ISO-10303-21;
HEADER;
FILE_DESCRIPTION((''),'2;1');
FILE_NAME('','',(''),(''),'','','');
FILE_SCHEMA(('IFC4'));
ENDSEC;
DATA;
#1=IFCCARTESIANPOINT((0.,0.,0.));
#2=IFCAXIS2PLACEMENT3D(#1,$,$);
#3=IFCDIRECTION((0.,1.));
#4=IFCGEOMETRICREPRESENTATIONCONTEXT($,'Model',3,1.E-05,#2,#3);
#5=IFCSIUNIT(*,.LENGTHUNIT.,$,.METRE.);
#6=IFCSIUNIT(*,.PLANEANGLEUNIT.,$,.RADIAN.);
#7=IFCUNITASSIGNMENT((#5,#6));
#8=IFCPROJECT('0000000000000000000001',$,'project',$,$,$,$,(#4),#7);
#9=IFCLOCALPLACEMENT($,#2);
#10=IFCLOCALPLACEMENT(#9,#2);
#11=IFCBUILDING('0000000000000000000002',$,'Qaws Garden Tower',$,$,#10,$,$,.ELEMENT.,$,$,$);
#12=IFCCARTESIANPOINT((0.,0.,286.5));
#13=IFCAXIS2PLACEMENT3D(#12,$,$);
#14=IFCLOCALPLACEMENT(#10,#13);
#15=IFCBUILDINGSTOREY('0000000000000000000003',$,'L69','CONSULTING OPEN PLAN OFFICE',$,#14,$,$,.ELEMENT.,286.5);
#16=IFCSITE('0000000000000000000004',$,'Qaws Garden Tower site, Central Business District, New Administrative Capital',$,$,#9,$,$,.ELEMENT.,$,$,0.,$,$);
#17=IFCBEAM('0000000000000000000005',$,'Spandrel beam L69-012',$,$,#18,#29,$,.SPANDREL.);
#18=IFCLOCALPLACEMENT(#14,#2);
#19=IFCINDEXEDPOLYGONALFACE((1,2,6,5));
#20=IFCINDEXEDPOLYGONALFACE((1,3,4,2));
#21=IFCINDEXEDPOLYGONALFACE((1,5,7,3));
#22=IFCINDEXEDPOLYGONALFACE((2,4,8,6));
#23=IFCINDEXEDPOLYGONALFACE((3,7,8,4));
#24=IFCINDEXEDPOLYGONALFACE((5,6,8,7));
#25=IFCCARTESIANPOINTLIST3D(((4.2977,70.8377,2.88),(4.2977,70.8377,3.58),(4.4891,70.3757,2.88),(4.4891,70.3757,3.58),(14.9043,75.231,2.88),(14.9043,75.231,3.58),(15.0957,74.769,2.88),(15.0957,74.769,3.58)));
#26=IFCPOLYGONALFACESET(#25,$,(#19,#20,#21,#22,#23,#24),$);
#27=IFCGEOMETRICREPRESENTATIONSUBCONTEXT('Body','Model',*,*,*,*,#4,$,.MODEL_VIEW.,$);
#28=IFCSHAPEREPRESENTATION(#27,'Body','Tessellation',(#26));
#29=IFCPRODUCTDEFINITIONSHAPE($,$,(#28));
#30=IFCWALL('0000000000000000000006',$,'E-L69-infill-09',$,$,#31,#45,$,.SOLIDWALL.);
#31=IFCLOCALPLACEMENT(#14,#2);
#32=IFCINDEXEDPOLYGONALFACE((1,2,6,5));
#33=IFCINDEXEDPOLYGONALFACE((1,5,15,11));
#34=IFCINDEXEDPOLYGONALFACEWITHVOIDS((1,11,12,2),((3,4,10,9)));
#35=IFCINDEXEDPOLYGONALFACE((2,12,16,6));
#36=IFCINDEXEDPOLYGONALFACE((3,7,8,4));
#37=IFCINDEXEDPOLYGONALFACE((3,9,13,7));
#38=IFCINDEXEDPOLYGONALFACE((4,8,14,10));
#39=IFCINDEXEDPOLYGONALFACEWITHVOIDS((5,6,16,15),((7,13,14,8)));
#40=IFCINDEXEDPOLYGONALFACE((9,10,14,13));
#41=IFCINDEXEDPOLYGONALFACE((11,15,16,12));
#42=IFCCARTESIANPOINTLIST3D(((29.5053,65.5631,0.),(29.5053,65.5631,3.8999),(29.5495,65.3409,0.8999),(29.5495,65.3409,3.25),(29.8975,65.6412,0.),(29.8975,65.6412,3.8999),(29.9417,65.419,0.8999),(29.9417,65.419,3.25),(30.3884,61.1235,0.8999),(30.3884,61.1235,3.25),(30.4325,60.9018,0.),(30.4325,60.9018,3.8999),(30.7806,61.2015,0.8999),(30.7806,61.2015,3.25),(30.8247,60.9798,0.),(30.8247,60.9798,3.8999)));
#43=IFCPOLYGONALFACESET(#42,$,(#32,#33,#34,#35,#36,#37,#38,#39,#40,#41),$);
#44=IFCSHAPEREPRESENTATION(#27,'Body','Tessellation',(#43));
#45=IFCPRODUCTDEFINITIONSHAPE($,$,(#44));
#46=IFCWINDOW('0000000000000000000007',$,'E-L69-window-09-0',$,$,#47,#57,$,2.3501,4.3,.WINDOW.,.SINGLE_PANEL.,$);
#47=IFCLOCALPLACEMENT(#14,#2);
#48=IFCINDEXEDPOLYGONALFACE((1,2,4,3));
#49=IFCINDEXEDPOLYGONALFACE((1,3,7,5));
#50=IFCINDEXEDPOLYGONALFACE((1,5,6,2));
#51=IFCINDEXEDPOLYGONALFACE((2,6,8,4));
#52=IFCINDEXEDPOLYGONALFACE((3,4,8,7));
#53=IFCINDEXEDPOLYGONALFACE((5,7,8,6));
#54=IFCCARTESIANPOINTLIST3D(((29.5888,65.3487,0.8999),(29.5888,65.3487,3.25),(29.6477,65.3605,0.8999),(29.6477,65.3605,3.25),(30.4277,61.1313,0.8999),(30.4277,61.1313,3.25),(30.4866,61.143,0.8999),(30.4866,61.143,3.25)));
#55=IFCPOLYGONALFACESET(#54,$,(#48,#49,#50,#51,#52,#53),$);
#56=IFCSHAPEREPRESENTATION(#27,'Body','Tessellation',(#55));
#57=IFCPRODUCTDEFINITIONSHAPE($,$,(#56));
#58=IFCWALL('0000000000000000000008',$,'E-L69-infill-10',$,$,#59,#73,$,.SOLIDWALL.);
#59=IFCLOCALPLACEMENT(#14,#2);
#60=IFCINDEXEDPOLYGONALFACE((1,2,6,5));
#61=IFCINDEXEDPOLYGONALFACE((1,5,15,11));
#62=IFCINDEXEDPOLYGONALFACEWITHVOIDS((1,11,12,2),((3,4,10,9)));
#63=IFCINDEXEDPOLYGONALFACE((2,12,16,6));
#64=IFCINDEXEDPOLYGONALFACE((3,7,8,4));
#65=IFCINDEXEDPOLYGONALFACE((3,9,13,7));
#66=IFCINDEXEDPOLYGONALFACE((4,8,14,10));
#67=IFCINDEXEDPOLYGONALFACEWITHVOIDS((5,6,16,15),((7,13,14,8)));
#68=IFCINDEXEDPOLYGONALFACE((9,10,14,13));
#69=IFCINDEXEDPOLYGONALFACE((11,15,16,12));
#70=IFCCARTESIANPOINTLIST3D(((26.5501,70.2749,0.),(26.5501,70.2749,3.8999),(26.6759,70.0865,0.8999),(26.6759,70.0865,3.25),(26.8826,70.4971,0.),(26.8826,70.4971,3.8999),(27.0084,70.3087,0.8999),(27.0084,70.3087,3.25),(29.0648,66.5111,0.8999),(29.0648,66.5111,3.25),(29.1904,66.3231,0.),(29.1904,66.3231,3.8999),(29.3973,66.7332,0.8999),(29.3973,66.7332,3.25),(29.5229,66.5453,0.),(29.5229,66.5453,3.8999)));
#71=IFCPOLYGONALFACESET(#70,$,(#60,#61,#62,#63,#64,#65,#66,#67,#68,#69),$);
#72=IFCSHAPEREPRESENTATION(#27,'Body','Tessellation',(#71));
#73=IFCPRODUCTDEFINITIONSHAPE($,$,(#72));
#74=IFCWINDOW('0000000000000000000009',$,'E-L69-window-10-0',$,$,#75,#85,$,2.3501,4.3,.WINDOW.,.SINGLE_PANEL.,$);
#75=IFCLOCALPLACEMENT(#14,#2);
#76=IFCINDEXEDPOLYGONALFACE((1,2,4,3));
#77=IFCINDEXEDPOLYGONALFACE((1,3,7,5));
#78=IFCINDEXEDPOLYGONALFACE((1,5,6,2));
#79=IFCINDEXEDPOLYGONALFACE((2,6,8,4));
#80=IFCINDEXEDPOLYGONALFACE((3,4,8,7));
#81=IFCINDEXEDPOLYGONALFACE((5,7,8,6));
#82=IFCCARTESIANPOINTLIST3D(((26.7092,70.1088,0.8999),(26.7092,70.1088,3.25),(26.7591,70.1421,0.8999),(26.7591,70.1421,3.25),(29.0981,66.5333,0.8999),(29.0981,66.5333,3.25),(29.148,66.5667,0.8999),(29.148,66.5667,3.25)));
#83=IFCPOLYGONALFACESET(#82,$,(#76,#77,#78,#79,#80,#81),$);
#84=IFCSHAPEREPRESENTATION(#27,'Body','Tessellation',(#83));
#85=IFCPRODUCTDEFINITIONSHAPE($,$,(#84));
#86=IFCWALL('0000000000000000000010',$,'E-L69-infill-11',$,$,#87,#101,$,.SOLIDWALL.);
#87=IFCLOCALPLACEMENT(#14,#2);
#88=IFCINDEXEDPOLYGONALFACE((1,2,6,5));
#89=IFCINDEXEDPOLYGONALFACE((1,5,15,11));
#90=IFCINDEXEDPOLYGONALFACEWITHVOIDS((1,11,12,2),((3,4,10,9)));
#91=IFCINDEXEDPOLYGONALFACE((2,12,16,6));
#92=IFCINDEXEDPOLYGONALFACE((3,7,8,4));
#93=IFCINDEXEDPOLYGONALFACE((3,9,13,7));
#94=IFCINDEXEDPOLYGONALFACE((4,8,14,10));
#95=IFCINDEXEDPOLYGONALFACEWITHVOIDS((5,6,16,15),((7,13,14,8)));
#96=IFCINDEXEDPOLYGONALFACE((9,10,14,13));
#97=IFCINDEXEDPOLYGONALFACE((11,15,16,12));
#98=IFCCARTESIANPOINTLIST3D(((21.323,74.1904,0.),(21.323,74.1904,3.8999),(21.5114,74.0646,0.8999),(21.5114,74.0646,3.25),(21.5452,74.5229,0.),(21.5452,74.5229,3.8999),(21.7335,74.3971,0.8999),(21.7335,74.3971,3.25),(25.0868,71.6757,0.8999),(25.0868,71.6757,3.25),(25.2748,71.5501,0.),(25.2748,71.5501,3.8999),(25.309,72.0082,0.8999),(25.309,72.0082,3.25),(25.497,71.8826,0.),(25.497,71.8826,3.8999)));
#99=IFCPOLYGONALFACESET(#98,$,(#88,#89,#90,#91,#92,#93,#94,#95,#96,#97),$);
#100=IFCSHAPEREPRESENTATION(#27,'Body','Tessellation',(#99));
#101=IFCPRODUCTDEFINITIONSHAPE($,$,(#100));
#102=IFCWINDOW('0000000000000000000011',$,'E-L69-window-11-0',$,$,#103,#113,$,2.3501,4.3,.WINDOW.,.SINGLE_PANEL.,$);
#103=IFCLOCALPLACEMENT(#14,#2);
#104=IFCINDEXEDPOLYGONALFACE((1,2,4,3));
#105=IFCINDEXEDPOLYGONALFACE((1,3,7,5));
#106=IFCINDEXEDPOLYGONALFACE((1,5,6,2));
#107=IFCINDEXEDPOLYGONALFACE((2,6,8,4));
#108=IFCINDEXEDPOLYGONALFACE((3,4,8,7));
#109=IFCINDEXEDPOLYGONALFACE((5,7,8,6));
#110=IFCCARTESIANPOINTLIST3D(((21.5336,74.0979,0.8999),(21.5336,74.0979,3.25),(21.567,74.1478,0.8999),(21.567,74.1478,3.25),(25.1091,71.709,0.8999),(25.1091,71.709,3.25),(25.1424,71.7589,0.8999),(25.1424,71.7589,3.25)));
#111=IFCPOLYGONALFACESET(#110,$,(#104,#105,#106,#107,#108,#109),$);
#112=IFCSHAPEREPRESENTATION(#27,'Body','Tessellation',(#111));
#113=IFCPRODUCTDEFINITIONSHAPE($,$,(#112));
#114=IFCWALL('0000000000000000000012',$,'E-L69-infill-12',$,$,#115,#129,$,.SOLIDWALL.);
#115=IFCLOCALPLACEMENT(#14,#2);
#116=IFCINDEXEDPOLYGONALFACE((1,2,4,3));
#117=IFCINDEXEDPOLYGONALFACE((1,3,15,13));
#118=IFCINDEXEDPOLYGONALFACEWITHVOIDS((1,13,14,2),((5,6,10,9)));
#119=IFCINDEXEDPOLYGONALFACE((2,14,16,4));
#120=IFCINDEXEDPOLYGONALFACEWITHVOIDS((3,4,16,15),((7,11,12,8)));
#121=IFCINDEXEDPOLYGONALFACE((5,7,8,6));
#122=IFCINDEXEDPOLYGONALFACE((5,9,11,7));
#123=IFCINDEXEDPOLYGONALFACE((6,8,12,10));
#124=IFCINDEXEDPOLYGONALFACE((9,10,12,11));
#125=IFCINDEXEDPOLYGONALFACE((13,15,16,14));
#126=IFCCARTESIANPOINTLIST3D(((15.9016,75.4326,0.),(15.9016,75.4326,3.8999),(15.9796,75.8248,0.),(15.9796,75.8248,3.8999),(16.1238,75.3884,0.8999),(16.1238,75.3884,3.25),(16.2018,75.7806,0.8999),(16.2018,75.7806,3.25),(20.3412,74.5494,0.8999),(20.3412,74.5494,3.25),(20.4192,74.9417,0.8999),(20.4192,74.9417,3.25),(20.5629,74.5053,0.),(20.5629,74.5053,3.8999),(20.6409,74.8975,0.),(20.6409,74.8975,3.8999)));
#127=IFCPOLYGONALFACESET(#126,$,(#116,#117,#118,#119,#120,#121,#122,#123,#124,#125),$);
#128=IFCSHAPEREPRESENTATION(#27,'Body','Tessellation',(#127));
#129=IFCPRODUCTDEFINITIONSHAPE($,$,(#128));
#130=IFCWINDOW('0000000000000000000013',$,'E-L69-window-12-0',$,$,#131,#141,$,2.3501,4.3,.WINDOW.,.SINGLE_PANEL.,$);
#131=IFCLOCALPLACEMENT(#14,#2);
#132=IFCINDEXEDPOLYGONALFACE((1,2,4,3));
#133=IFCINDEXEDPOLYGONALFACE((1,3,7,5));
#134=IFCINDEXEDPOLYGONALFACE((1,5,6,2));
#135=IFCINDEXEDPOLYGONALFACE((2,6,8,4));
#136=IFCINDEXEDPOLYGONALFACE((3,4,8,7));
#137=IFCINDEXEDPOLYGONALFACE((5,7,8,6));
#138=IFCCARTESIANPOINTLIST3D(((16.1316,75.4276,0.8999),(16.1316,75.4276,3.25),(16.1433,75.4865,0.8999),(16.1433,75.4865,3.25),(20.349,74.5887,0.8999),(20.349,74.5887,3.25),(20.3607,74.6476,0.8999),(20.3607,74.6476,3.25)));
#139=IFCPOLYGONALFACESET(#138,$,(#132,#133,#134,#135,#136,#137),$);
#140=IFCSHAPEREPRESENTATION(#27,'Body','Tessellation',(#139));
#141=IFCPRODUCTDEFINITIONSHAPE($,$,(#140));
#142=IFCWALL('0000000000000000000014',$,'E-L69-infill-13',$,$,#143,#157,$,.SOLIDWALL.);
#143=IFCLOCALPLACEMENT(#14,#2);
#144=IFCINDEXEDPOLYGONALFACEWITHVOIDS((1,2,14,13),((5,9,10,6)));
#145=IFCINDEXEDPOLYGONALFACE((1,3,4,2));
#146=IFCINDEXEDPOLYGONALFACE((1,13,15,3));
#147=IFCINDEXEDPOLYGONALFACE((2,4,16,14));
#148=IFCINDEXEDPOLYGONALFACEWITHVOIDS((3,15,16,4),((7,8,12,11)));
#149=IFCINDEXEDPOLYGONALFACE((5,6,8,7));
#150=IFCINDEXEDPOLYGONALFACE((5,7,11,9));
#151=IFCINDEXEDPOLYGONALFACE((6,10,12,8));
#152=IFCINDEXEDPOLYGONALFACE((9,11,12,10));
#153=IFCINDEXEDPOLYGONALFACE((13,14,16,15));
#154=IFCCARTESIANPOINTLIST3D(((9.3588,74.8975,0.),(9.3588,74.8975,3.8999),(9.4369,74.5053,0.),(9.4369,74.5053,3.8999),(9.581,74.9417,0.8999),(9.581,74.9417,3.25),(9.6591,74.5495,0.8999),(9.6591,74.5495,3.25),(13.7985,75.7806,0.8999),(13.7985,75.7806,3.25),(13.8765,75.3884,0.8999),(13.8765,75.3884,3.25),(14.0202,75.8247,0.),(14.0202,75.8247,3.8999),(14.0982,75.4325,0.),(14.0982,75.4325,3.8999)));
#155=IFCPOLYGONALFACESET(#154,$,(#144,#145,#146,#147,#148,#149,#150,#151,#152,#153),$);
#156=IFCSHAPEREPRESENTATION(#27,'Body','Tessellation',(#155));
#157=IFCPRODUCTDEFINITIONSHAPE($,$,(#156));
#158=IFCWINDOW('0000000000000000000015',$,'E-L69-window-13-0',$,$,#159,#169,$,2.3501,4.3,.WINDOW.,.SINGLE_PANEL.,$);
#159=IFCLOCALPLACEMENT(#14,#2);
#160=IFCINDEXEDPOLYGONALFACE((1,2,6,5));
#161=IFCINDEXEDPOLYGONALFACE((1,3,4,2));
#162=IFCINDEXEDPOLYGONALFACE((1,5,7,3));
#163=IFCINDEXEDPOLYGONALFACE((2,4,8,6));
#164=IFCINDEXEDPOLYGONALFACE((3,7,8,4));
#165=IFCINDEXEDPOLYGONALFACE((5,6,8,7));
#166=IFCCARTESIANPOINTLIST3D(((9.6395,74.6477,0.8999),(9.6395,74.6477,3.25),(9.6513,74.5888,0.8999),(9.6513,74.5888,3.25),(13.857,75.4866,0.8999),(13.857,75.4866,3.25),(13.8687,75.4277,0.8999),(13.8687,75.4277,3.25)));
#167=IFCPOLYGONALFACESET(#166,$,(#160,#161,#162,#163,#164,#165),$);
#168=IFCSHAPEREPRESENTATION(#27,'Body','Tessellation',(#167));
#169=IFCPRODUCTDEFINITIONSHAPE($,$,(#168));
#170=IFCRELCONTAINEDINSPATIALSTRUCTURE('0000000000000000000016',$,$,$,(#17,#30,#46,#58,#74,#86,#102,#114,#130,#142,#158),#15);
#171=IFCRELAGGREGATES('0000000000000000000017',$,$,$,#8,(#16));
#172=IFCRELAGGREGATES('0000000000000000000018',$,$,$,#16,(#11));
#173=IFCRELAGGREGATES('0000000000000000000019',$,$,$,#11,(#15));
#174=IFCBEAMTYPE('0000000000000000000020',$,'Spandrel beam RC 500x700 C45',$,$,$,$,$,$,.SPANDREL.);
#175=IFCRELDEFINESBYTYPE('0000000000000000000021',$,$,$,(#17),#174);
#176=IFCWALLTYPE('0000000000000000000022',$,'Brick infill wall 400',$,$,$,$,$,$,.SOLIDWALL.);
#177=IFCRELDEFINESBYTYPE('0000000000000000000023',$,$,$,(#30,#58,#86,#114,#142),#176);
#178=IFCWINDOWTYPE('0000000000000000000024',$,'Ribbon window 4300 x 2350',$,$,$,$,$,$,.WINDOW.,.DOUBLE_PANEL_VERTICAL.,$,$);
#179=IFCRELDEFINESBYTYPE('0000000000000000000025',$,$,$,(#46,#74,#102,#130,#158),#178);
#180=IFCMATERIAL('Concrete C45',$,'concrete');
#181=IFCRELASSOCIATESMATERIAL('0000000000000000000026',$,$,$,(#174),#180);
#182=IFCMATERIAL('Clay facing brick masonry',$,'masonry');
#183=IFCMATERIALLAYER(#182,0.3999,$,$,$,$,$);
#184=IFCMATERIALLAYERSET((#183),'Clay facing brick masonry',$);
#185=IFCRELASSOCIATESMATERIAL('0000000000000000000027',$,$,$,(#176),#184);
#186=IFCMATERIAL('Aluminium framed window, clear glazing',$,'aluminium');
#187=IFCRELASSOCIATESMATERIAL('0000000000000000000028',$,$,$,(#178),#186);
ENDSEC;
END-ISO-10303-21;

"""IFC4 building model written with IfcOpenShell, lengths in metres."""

from ifc_helpers import new_model, si_unit, direction, frame, frame_2d, origin, origin_2d, place, context, subcontext, project, spatial, rectangle, extrude, material, layer, layer_set, material_profile, profile_set, type_object, element, fill, save


model = new_model("IFC4")

# Units and contexts
model_context = context("Model", 3, precision=1e-05, world=origin(), true_north=direction((0.0, 1.0)))
body_context = subcontext(model_context, "Body", "Model", "MODEL_VIEW")
ifc_project = project(units=[si_unit("LENGTHUNIT", "METRE"), si_unit("PLANEANGLEUNIT", "RADIAN")], contexts=[model_context])

# Site, building, storey
site_placement = place(None, origin())
site = spatial("IfcSite", under=ifc_project, at=site_placement, Name="Qaws Garden Tower site, Central Business District, New Administrative Capital", CompositionType="ELEMENT", RefElevation=0.0)
building_placement = place(site_placement, origin())
building = spatial("IfcBuilding", under=site, at=building_placement, Name="Qaws Garden Tower", CompositionType="ELEMENT")
storey_placement = place(building_placement, frame((0.0, 0.0, 286.5)))
storey = spatial("IfcBuildingStorey", under=building, at=storey_placement, Name="L69", Description="CONSULTING OPEN PLAN OFFICE", CompositionType="ELEMENT", Elevation=286.5)

# Beam
ifc_material_1 = material(Name="Concrete C45", Category="concrete")
ifc_material_profile_1 = material_profile(ifc_material_1, rectangle(XDim=0.5, YDim=0.7, at=origin_2d()), Name="RC 500x700")
ifc_profile_set_1 = profile_set([ifc_material_profile_1], Name="Concrete C45")
beam_type = type_object("IfcBeamType", Name="Spandrel beam RC 500x700 C45", PredefinedType="SPANDREL", material=ifc_profile_set_1)
for number, where, z_axis, x_axis, name in (
    (1, (15.0, 75.0, 3.23), (-0.923883, -0.382674, 0.0), (0.382674, -0.923883, 0.0), "Spandrel beam L69-012"),
):
    element("IfcBeam", number, at=place(storey_placement, frame(where, z_axis=z_axis, x_axis=x_axis)), inside=storey, type_object=beam_type, Name=name, PredefinedType="SPANDREL", context=body_context, shape_type="SweptSolid", body=[
        extrude(rectangle(XDim=0.5, YDim=0.7, at=origin_2d()), origin(), (0.0, 0.0, 1.0), 11.4805),
    ])

# Walls, openings, windows
ifc_material_2 = material(Name="Clay facing brick masonry", Category="masonry")
ifc_layer_1 = layer(ifc_material_2, 0.3999)
ifc_layer_set_1 = layer_set([ifc_layer_1], Name="Clay facing brick masonry")
wall_type_1 = type_object("IfcWallType", Name="Brick infill wall 400", PredefinedType="SOLIDWALL", material=ifc_layer_set_1)
wall_1_placement = place(storey_placement, frame((30.6287, 60.9407, 0.0), z_axis=(0.0, 0.0, 1.0), x_axis=(-0.195099, 0.980784, 0.0)))
wall_1 = element("IfcWall", 2, at=wall_1_placement, inside=storey, type_object=wall_type_1, Name="E-L69-infill-09", PredefinedType="SOLIDWALL", context=body_context, shape_type="SweptSolid", body=[
    extrude(rectangle(XDim=4.7527, YDim=0.3999, at=frame_2d((2.3765, 0.0))), origin(), (0.0, 0.0, 1.0), 3.8999),
])
opening_1_placement = place(wall_1_placement, frame((0.2263, 0.0, 0.8999)))
opening_1 = element("IfcOpeningElement", 3, at=opening_1_placement, cuts=wall_1, PredefinedType="OPENING", context=body_context, shape_type="SweptSolid", body=[
    extrude(rectangle(XDim=4.3, YDim=2.3501, at=frame_2d((2.1499, 1.175))), frame((0.0, 0.21, 0.0), z_axis=(0.0, -1.0, 0.0), x_axis=(1.0, 0.0, 0.0)), (0.0, 0.0, 1.0), 0.4199),
])
ifc_material_3 = material(Name="Aluminium framed window, clear glazing", Category="aluminium")
window_type = type_object("IfcWindowType", Name="Ribbon window 4300 x 2350", PartitioningType="DOUBLE_PANEL_VERTICAL", PredefinedType="WINDOW", material=ifc_material_3)
window_1_placement = place(opening_1_placement, origin())
window_1 = element("IfcWindow", 4, at=window_1_placement, inside=storey, type_object=window_type, Name="E-L69-window-09-0", OverallHeight=2.3501, OverallWidth=4.3, PartitioningType="SINGLE_PANEL", PredefinedType="WINDOW", context=body_context, shape_type="SweptSolid", body=[
    extrude(rectangle(XDim=4.3, YDim=2.3501, at=frame_2d((2.1499, 1.175))), frame((0.0, 0.1599, 0.0), z_axis=(0.0, -1.0, 0.0), x_axis=(1.0, 0.0, 0.0)), (0.0, 0.0, 1.0), 0.0601),
])
fill(opening_1, window_1)
wall_2_placement = place(storey_placement, frame((29.3567, 66.4341, 0.0), z_axis=(0.0, 0.0, 1.0), x_axis=(-0.555542, 0.831489, 0.0)))
wall_2 = element("IfcWall", 5, at=wall_2_placement, inside=storey, type_object=wall_type_1, Name="E-L69-infill-10", PredefinedType="SOLIDWALL", context=body_context, shape_type="SweptSolid", body=[
    extrude(rectangle(XDim=4.7527, YDim=0.3999, at=frame_2d((2.3765, 0.0))), origin(), (0.0, 0.0, 1.0), 3.8999),
])
opening_2_placement = place(wall_2_placement, frame((0.2263, 0.0, 0.8999)))
opening_2 = element("IfcOpeningElement", 6, at=opening_2_placement, cuts=wall_2, PredefinedType="OPENING", context=body_context, shape_type="SweptSolid", body=[
    extrude(rectangle(XDim=4.3, YDim=2.3501, at=frame_2d((2.1499, 1.175))), frame((0.0, 0.21, 0.0), z_axis=(0.0, -1.0, 0.0), x_axis=(1.0, 0.0, 0.0)), (0.0, 0.0, 1.0), 0.4199),
])
window_2_placement = place(opening_2_placement, origin())
window_2 = element("IfcWindow", 7, at=window_2_placement, inside=storey, type_object=window_type, Name="E-L69-window-10-0", OverallHeight=2.3501, OverallWidth=4.3, PartitioningType="SINGLE_PANEL", PredefinedType="WINDOW", context=body_context, shape_type="SweptSolid", body=[
    extrude(rectangle(XDim=4.3, YDim=2.3501, at=frame_2d((2.1499, 1.175))), frame((0.0, 0.1599, 0.0), z_axis=(0.0, -1.0, 0.0), x_axis=(1.0, 0.0, 0.0)), (0.0, 0.0, 1.0), 0.0601),
])
fill(opening_2, window_2)
wall_3_placement = place(storey_placement, frame((25.386, 71.7163, 0.0), z_axis=(0.0, 0.0, 1.0), x_axis=(-0.831489, 0.555542, 0.0)))
wall_3 = element("IfcWall", 8, at=wall_3_placement, inside=storey, type_object=wall_type_1, Name="E-L69-infill-11", PredefinedType="SOLIDWALL", context=body_context, shape_type="SweptSolid", body=[
    extrude(rectangle(XDim=4.7527, YDim=0.3999, at=frame_2d((2.3765, 0.0))), origin(), (0.0, 0.0, 1.0), 3.8999),
])
opening_3_placement = place(wall_3_placement, frame((0.2263, 0.0, 0.8999)))
opening_3 = element("IfcOpeningElement", 9, at=opening_3_placement, cuts=wall_3, PredefinedType="OPENING", context=body_context, shape_type="SweptSolid", body=[
    extrude(rectangle(XDim=4.3, YDim=2.3501, at=frame_2d((2.1499, 1.175))), frame((0.0, 0.21, 0.0), z_axis=(0.0, -1.0, 0.0), x_axis=(1.0, 0.0, 0.0)), (0.0, 0.0, 1.0), 0.4199),
])
window_3_placement = place(opening_3_placement, origin())
window_3 = element("IfcWindow", 10, at=window_3_placement, inside=storey, type_object=window_type, Name="E-L69-window-11-0", OverallHeight=2.3501, OverallWidth=4.3, PartitioningType="SINGLE_PANEL", PredefinedType="WINDOW", context=body_context, shape_type="SweptSolid", body=[
    extrude(rectangle(XDim=4.3, YDim=2.3501, at=frame_2d((2.1499, 1.175))), frame((0.0, 0.1599, 0.0), z_axis=(0.0, -1.0, 0.0), x_axis=(1.0, 0.0, 0.0)), (0.0, 0.0, 1.0), 0.0601),
])
fill(opening_3, window_3)
wall_4_placement = place(storey_placement, frame((20.6021, 74.7014, 0.0), z_axis=(0.0, 0.0, 1.0), x_axis=(-0.980784, 0.195099, 0.0)))
wall_4 = element("IfcWall", 11, at=wall_4_placement, inside=storey, type_object=wall_type_1, Name="E-L69-infill-12", PredefinedType="SOLIDWALL", context=body_context, shape_type="SweptSolid", body=[
    extrude(rectangle(XDim=4.7527, YDim=0.3999, at=frame_2d((2.3765, 0.0))), origin(), (0.0, 0.0, 1.0), 3.8999),
])
opening_4_placement = place(wall_4_placement, frame((0.2263, 0.0, 0.8999)))
opening_4 = element("IfcOpeningElement", 12, at=opening_4_placement, cuts=wall_4, PredefinedType="OPENING", context=body_context, shape_type="SweptSolid", body=[
    extrude(rectangle(XDim=4.3, YDim=2.3501, at=frame_2d((2.1499, 1.175))), frame((0.0, 0.21, 0.0), z_axis=(0.0, -1.0, 0.0), x_axis=(1.0, 0.0, 0.0)), (0.0, 0.0, 1.0), 0.4199),
])
window_4_placement = place(opening_4_placement, origin())
window_4 = element("IfcWindow", 13, at=window_4_placement, inside=storey, type_object=window_type, Name="E-L69-window-12-0", OverallHeight=2.3501, OverallWidth=4.3, PartitioningType="SINGLE_PANEL", PredefinedType="WINDOW", context=body_context, shape_type="SweptSolid", body=[
    extrude(rectangle(XDim=4.3, YDim=2.3501, at=frame_2d((2.1499, 1.175))), frame((0.0, 0.1599, 0.0), z_axis=(0.0, -1.0, 0.0), x_axis=(1.0, 0.0, 0.0)), (0.0, 0.0, 1.0), 0.0601),
])
fill(opening_4, window_4)
wall_5_placement = place(storey_placement, frame((14.0593, 75.6287, 0.0), z_axis=(0.0, 0.0, 1.0), x_axis=(-0.980784, -0.195099, 0.0)))
wall_5 = element("IfcWall", 14, at=wall_5_placement, inside=storey, type_object=wall_type_1, Name="E-L69-infill-13", PredefinedType="SOLIDWALL", context=body_context, shape_type="SweptSolid", body=[
    extrude(rectangle(XDim=4.7527, YDim=0.3999, at=frame_2d((2.3765, 0.0))), origin(), (0.0, 0.0, 1.0), 3.8999),
])
opening_5_placement = place(wall_5_placement, frame((0.2263, 0.0, 0.8999)))
opening_5 = element("IfcOpeningElement", 15, at=opening_5_placement, cuts=wall_5, PredefinedType="OPENING", context=body_context, shape_type="SweptSolid", body=[
    extrude(rectangle(XDim=4.3, YDim=2.3501, at=frame_2d((2.1499, 1.175))), frame((0.0, 0.21, 0.0), z_axis=(0.0, -1.0, 0.0), x_axis=(1.0, 0.0, 0.0)), (0.0, 0.0, 1.0), 0.4199),
])
window_5_placement = place(opening_5_placement, origin())
window_5 = element("IfcWindow", 16, at=window_5_placement, inside=storey, type_object=window_type, Name="E-L69-window-13-0", OverallHeight=2.3501, OverallWidth=4.3, PartitioningType="SINGLE_PANEL", PredefinedType="WINDOW", context=body_context, shape_type="SweptSolid", body=[
    extrude(rectangle(XDim=4.3, YDim=2.3501, at=frame_2d((2.1499, 1.175))), frame((0.0, 0.1599, 0.0), z_axis=(0.0, -1.0, 0.0), x_axis=(1.0, 0.0, 0.0)), (0.0, 0.0, 1.0), 0.0601),
])
fill(opening_5, window_5)

save(model, "model.ifc")
